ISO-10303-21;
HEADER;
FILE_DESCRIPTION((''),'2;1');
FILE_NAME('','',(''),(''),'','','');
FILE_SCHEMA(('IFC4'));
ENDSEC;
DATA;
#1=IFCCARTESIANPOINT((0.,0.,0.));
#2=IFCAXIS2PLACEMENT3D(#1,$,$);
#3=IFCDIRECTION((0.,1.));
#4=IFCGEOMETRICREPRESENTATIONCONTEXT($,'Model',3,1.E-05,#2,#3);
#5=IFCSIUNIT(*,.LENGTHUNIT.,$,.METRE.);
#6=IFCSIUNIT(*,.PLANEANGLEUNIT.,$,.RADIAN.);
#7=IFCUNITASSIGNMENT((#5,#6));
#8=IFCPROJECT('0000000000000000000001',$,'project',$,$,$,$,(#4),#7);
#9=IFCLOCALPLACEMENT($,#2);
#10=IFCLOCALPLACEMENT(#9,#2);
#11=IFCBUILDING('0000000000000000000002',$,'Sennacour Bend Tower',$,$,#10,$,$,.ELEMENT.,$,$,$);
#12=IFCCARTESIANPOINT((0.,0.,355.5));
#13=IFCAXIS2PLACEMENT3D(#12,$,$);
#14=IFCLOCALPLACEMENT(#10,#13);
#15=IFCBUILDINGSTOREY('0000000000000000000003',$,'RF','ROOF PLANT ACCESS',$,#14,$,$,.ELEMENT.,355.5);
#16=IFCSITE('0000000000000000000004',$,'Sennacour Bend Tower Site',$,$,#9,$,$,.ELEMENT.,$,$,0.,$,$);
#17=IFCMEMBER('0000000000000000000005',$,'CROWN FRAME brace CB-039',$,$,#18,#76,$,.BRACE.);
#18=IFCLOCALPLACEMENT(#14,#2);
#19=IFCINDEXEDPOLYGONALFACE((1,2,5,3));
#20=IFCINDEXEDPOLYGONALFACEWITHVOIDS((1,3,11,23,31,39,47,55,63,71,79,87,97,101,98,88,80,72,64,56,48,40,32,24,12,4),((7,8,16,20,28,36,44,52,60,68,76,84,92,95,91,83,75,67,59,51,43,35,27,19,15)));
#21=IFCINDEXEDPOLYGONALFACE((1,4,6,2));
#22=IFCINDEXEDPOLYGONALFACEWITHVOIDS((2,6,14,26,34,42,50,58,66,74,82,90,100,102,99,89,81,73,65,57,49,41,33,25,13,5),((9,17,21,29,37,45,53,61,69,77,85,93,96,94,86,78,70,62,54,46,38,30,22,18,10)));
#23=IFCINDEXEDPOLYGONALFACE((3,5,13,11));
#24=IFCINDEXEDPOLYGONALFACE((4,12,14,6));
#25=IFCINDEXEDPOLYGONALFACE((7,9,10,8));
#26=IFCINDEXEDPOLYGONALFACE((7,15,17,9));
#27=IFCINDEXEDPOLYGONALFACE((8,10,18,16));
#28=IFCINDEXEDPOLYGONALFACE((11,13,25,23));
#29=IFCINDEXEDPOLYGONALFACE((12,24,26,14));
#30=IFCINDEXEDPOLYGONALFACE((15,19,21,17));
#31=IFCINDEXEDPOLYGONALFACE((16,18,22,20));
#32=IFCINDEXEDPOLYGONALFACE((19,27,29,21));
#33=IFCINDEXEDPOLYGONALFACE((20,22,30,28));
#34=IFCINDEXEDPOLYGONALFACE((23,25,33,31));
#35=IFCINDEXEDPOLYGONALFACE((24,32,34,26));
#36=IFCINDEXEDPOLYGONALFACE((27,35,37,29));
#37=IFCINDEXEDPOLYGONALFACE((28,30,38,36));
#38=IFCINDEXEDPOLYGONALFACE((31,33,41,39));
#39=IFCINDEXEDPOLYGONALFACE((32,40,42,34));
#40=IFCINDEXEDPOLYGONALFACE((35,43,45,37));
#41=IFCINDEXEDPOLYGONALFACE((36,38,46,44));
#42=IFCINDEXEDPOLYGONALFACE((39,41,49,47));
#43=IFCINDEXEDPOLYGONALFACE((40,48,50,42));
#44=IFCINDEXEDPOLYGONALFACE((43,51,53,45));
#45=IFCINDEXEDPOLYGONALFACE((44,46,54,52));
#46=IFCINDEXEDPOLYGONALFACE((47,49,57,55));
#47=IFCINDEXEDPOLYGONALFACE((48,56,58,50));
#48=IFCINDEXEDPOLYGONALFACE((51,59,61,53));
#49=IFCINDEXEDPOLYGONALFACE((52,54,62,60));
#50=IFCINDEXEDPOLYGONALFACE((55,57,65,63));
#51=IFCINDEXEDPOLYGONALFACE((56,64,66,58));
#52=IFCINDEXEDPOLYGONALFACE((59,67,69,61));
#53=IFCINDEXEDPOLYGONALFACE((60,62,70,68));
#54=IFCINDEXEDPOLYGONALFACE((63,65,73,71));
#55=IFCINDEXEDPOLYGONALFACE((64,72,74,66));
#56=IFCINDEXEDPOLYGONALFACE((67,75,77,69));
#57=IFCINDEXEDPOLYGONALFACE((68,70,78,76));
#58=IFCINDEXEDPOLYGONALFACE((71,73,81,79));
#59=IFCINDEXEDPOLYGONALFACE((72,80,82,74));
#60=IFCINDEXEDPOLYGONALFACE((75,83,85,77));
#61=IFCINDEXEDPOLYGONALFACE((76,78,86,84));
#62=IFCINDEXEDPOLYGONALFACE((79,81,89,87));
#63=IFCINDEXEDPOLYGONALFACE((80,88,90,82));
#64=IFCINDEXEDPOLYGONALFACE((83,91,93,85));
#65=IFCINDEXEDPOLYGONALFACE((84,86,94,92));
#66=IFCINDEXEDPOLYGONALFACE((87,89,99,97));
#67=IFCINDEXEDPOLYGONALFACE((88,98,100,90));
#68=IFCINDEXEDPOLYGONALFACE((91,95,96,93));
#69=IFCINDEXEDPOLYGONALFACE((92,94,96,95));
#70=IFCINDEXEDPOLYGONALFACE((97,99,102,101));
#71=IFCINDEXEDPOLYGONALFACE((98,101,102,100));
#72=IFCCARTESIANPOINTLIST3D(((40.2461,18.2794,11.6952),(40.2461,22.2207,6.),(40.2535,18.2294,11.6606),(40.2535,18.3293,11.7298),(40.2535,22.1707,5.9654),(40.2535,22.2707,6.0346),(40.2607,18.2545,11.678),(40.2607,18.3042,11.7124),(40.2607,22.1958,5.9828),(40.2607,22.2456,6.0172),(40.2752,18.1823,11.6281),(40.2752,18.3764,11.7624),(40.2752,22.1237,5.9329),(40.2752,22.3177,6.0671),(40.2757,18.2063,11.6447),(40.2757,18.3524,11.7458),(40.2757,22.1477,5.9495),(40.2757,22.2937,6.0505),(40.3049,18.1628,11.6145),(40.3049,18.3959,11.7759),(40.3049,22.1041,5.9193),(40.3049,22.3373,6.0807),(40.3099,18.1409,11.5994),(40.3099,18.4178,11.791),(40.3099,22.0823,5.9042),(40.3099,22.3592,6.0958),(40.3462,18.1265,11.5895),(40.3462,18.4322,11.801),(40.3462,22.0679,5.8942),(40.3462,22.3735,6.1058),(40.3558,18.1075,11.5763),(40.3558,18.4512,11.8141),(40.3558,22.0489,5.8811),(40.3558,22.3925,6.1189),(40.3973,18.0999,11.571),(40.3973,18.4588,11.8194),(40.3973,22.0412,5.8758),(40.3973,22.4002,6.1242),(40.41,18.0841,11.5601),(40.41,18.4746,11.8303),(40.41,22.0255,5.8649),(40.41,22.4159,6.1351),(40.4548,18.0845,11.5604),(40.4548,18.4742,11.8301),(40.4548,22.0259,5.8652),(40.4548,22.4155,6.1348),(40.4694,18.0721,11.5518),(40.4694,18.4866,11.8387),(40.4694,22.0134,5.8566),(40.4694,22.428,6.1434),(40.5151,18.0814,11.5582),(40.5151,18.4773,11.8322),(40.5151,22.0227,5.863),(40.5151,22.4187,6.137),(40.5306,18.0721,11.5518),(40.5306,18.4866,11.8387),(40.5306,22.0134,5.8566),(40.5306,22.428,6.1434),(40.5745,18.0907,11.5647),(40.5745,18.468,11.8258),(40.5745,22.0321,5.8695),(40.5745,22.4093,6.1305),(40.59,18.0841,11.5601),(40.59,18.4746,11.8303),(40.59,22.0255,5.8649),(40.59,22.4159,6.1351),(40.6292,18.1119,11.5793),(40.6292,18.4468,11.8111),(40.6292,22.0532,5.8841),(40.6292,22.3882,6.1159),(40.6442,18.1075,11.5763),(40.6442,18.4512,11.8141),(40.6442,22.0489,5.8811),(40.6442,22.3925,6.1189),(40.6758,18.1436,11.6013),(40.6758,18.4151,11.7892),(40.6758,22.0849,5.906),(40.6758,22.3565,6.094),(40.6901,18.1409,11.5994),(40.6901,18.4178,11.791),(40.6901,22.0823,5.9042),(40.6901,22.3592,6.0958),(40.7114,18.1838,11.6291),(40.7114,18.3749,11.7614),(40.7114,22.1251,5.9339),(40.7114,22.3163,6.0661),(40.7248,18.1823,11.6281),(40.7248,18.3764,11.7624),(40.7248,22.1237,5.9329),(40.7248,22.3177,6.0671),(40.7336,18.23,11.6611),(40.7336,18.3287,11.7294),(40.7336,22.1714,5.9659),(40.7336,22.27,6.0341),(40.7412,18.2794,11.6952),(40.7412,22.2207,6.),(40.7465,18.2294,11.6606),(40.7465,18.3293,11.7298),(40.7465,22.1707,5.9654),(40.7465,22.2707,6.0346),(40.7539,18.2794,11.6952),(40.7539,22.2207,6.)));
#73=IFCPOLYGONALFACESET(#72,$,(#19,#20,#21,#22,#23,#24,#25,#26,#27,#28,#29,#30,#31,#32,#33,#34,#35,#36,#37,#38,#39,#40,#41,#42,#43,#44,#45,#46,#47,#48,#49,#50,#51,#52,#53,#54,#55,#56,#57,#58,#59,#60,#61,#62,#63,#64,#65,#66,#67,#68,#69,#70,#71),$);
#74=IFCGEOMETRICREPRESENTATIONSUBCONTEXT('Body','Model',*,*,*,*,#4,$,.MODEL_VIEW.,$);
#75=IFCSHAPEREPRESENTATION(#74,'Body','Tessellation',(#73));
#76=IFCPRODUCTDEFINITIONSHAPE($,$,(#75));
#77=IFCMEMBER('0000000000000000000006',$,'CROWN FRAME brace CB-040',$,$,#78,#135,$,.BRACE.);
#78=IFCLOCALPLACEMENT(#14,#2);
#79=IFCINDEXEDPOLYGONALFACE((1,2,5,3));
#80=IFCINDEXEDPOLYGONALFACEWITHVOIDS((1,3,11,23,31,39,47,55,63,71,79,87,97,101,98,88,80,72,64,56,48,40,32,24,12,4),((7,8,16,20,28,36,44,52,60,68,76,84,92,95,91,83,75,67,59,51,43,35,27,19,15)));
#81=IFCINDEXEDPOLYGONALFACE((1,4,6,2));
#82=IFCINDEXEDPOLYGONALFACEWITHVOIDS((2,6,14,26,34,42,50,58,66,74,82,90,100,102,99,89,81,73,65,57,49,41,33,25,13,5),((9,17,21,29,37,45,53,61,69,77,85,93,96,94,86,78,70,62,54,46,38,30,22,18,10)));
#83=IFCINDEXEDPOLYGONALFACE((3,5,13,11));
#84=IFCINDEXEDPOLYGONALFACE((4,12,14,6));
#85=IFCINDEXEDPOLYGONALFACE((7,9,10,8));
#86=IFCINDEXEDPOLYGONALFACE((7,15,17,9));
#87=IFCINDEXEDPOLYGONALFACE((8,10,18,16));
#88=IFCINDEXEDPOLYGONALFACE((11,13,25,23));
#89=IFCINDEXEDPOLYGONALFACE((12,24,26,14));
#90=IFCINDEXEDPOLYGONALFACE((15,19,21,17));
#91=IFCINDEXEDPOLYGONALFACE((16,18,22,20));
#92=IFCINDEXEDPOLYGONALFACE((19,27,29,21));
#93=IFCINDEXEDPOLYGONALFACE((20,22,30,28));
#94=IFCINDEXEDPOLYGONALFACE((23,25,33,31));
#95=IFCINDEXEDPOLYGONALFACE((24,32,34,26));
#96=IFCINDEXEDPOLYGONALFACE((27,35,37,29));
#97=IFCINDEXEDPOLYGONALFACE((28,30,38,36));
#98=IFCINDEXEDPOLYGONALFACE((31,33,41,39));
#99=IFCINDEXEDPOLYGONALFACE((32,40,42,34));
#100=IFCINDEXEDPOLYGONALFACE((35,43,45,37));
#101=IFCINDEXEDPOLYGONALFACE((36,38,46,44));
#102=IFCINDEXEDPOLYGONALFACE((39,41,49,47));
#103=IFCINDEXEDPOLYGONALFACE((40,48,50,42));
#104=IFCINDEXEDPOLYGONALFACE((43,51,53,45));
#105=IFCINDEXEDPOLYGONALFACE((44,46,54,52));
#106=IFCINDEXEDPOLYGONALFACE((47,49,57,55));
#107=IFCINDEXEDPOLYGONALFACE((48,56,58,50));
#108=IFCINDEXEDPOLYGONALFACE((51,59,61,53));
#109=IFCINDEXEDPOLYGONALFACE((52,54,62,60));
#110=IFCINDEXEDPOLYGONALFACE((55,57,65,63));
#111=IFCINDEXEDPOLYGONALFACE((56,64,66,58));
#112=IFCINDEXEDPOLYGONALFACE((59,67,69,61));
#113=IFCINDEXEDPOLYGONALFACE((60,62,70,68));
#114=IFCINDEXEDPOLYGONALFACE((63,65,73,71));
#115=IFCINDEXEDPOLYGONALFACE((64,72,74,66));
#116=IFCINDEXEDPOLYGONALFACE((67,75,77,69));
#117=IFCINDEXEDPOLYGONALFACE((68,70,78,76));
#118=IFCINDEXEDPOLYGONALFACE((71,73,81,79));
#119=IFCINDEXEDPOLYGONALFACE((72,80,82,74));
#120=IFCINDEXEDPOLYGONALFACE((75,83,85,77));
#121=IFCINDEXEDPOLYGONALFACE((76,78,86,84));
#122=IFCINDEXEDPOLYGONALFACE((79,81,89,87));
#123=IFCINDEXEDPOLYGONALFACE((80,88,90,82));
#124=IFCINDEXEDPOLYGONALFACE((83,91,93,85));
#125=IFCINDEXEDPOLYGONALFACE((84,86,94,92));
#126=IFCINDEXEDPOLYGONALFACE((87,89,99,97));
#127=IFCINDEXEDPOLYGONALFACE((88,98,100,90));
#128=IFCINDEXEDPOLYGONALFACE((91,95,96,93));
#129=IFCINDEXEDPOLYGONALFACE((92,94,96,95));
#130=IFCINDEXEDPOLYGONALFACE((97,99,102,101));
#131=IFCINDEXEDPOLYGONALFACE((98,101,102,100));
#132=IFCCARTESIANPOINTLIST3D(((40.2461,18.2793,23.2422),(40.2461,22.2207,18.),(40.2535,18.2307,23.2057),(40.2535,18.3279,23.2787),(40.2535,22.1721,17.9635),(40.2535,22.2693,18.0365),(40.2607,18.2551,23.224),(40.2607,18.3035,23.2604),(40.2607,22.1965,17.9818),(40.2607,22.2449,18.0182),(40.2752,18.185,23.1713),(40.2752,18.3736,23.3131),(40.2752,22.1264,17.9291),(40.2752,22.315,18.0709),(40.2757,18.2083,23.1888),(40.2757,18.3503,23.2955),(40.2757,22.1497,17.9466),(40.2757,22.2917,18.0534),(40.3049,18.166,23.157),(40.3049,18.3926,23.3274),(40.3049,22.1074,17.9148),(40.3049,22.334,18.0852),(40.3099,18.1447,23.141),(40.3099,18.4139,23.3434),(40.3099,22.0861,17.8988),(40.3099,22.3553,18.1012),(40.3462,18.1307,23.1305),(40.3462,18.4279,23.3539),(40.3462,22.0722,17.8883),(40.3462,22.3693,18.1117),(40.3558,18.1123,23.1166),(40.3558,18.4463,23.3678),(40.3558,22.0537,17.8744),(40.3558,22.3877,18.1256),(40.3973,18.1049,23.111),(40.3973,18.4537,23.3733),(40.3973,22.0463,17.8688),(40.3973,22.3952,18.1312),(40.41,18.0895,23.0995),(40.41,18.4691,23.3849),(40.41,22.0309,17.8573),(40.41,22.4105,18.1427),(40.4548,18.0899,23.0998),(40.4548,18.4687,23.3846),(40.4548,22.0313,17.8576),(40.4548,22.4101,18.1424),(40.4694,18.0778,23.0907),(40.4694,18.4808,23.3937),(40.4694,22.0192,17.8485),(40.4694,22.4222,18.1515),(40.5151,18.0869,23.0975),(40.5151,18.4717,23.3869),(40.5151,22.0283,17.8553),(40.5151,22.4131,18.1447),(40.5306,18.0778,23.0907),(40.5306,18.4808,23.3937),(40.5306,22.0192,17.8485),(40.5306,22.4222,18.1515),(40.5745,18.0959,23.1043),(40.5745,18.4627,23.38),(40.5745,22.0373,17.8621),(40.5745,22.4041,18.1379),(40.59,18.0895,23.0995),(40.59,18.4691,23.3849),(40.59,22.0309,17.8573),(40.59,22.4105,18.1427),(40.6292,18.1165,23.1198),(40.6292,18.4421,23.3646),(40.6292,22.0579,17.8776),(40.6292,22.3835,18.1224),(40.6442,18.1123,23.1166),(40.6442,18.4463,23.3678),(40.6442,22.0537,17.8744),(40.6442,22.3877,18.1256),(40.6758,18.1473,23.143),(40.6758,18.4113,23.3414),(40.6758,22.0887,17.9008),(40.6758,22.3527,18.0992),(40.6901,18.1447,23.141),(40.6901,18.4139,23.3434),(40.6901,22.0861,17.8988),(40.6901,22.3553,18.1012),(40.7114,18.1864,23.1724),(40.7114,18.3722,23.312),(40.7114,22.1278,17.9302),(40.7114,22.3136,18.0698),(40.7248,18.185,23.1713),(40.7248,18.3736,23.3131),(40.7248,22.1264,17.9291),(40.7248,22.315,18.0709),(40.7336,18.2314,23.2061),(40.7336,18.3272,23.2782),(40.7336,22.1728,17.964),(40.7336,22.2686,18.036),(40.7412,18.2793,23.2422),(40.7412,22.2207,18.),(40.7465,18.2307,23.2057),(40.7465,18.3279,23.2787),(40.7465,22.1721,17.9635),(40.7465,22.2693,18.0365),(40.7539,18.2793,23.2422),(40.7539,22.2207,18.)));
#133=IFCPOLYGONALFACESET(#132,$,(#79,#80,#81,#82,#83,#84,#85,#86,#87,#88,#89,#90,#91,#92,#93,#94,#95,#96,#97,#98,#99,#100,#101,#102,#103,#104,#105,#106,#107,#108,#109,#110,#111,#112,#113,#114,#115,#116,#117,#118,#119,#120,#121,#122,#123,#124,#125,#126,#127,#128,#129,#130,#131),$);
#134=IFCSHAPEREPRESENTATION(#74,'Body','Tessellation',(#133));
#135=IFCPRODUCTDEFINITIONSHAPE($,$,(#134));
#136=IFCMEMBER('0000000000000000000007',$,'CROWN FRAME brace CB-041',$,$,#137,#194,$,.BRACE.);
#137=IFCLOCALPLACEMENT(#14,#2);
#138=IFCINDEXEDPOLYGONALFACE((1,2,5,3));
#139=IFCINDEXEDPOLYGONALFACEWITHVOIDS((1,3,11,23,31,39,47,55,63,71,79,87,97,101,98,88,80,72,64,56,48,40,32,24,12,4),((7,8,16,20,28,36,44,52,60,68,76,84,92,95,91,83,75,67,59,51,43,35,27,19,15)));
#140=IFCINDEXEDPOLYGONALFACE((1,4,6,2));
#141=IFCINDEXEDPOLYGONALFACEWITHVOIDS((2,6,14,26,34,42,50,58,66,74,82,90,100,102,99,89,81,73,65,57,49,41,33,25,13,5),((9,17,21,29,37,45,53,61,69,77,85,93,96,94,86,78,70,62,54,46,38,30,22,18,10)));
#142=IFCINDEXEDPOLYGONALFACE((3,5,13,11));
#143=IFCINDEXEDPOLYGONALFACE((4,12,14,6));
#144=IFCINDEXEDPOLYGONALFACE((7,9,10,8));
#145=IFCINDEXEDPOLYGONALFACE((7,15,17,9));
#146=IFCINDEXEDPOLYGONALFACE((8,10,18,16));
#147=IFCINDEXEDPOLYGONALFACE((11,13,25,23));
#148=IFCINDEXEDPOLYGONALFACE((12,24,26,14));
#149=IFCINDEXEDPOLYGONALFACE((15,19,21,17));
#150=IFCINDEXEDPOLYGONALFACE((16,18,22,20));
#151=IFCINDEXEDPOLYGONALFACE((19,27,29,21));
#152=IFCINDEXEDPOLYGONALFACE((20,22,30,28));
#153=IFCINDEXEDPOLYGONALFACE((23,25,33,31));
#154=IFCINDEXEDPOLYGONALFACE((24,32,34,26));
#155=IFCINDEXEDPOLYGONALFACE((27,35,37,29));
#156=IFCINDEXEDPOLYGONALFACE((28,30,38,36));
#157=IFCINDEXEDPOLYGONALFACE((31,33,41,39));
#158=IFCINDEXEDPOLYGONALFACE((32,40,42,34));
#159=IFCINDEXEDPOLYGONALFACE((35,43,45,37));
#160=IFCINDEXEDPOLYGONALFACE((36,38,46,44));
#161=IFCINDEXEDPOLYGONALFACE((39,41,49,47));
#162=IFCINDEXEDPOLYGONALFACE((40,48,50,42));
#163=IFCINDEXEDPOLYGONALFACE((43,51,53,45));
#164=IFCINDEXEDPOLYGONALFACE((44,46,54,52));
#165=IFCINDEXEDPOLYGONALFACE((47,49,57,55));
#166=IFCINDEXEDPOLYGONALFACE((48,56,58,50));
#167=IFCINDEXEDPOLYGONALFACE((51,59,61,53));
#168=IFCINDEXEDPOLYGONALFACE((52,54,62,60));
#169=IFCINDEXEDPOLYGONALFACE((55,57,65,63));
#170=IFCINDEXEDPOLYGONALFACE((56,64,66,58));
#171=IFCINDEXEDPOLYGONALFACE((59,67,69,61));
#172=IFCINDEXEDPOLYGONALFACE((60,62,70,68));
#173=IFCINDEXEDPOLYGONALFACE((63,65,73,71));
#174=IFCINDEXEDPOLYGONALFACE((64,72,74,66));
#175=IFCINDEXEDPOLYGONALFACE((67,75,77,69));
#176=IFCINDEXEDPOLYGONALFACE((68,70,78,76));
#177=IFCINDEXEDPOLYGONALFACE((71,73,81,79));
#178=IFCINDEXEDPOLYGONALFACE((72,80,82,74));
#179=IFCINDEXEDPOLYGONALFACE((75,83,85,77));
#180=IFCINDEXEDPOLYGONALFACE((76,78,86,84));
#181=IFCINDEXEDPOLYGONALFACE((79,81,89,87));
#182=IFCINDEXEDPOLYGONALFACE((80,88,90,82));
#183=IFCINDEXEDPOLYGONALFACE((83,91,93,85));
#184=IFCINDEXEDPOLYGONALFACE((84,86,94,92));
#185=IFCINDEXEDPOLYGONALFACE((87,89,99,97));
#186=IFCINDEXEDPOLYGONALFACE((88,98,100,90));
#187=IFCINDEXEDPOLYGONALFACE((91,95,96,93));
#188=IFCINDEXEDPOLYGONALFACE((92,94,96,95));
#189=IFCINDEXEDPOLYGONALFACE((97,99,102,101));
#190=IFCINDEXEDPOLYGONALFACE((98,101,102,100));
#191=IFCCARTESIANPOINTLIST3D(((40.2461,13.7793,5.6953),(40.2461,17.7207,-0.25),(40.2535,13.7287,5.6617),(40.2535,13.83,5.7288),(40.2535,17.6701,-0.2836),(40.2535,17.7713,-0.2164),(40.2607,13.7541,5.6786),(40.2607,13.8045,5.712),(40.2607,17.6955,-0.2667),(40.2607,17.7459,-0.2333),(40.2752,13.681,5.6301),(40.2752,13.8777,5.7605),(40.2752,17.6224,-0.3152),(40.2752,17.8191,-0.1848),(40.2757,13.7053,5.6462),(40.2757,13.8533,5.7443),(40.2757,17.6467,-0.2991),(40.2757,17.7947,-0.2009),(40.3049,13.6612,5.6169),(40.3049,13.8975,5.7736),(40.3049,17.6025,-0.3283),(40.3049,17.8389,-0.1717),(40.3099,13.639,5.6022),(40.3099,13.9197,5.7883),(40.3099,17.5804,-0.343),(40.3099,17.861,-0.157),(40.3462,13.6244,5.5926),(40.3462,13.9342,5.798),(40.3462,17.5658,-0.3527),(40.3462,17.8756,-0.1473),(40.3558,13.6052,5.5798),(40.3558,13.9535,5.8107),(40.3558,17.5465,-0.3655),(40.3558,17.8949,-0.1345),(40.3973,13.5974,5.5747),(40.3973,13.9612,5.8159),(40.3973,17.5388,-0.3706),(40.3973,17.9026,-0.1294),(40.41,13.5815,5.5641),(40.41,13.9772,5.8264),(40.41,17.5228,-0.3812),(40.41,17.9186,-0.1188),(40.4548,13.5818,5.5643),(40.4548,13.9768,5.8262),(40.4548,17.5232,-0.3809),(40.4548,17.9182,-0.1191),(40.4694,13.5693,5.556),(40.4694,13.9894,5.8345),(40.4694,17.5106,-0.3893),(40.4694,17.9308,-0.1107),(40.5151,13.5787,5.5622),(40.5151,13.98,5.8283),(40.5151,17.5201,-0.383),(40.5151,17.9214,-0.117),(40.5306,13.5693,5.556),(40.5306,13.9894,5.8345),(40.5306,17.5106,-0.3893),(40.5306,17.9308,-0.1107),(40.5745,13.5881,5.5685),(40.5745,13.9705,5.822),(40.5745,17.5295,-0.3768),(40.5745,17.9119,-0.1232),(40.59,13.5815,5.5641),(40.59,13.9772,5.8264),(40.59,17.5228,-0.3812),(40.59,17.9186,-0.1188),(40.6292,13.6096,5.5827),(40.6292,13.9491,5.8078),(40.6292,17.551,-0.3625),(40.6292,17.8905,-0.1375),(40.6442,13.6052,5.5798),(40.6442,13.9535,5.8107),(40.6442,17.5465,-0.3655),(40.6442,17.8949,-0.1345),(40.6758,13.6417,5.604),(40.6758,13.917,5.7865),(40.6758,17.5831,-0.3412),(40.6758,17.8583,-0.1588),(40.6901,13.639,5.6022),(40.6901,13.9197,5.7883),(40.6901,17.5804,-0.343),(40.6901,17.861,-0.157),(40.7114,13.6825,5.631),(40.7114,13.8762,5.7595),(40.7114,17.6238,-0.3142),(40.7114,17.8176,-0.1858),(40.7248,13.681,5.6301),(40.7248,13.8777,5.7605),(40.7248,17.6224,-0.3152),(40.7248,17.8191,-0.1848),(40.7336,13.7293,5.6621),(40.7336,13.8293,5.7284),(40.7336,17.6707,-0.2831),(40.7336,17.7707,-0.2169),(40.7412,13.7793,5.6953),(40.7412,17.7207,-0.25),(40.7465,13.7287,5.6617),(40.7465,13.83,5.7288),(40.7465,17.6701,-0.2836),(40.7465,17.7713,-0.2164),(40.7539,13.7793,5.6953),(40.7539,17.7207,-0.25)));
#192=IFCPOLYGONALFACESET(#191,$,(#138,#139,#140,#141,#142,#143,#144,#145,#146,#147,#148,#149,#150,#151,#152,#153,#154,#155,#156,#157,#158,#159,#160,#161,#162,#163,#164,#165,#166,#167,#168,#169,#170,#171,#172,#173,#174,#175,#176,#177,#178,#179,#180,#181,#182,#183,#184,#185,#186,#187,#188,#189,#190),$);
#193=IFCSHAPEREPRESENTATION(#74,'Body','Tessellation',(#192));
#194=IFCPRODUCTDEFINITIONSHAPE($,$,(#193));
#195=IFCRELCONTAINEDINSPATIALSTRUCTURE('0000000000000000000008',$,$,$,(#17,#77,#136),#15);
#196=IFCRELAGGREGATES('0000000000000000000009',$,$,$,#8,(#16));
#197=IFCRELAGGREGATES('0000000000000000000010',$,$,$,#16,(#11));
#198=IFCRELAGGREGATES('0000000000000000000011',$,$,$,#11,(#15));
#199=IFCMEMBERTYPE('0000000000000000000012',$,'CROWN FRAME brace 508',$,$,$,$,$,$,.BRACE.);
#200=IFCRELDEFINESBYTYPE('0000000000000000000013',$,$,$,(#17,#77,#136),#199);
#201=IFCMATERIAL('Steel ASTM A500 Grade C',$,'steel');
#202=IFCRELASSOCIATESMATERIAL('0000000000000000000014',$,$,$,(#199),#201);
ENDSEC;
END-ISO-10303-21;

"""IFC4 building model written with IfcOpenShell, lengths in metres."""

from ifc_helpers import new_model, si_unit, direction, frame, origin, origin_2d, place, context, subcontext, project, spatial, hollow_circle, extrude, material, material_profile, profile_set, type_object, element, save


model = new_model("IFC4")

# Units and contexts
model_context = context("Model", 3, precision=1e-05, world=origin(), true_north=direction((0.0, 1.0)))
body_context = subcontext(model_context, "Body", "Model", "MODEL_VIEW")
ifc_project = project(units=[si_unit("LENGTHUNIT", "METRE"), si_unit("PLANEANGLEUNIT", "RADIAN")], contexts=[model_context])

# Site, building, storey
site_placement = place(None, origin())
site = spatial("IfcSite", under=ifc_project, at=site_placement, Name="Sennacour Bend Tower Site", CompositionType="ELEMENT", RefElevation=0.0)
building_placement = place(site_placement, origin())
building = spatial("IfcBuilding", under=site, at=building_placement, Name="Sennacour Bend Tower", CompositionType="ELEMENT")
storey_placement = place(building_placement, frame((0.0, 0.0, 355.5)))
storey = spatial("IfcBuildingStorey", under=building, at=storey_placement, Name="RF", Description="ROOF PLANT ACCESS", CompositionType="ELEMENT", Elevation=355.5)

# Shared definitions
ifc_material_1 = material(Name="Steel ASTM A500 Grade C", Category="steel")

# Members
ifc_material_profile_1 = material_profile(ifc_material_1, hollow_circle(Radius=0.2539, WallThickness=0.0127, at=origin_2d()), Name="Steel ASTM A500 Grade C", Category="steel")
ifc_profile_set_1 = profile_set([ifc_material_profile_1], Name="Steel ASTM A500 Grade C")
member_type_1 = type_object("IfcMemberType", Name="CROWN FRAME brace 508", PredefinedType="BRACE", material=ifc_profile_set_1)
member_1_placement = place(storey_placement, frame((40.5, 22.2207, 6.0), z_axis=(0.0, -0.569063, 0.822294), x_axis=(1.0, 0.0, 0.0)))
element("IfcMember", 1, at=member_1_placement, inside=storey, type_object=member_type_1, Name="CROWN FRAME brace CB-039", PredefinedType="BRACE", context=body_context, shape_type="SweptSolid", body=[
    extrude(hollow_circle(Radius=0.2539, WallThickness=0.0127, at=origin_2d()), origin(), (0.0, 0.0, 1.0), 6.926),
])
member_2_placement = place(storey_placement, frame((40.5, 22.2207, 18.0), z_axis=(0.0, -0.600953, 0.799285), x_axis=(1.0, 0.0, 0.0)))
element("IfcMember", 2, at=member_2_placement, inside=storey, type_object=member_type_1, Name="CROWN FRAME brace CB-040", PredefinedType="BRACE", context=body_context, shape_type="SweptSolid", body=[
    extrude(hollow_circle(Radius=0.2539, WallThickness=0.0127, at=origin_2d()), origin(), (0.0, 0.0, 1.0), 6.5586),
])
member_3_placement = place(storey_placement, frame((40.5, 17.7207, -0.25), z_axis=(0.0, -0.55255, 0.83348), x_axis=(1.0, 0.0, 0.0)))
element("IfcMember", 3, at=member_3_placement, inside=storey, type_object=member_type_1, Name="CROWN FRAME brace CB-041", PredefinedType="BRACE", context=body_context, shape_type="SweptSolid", body=[
    extrude(hollow_circle(Radius=0.2539, WallThickness=0.0127, at=origin_2d()), origin(), (0.0, 0.0, 1.0), 7.1331),
])

save(model, "model.ifc")
